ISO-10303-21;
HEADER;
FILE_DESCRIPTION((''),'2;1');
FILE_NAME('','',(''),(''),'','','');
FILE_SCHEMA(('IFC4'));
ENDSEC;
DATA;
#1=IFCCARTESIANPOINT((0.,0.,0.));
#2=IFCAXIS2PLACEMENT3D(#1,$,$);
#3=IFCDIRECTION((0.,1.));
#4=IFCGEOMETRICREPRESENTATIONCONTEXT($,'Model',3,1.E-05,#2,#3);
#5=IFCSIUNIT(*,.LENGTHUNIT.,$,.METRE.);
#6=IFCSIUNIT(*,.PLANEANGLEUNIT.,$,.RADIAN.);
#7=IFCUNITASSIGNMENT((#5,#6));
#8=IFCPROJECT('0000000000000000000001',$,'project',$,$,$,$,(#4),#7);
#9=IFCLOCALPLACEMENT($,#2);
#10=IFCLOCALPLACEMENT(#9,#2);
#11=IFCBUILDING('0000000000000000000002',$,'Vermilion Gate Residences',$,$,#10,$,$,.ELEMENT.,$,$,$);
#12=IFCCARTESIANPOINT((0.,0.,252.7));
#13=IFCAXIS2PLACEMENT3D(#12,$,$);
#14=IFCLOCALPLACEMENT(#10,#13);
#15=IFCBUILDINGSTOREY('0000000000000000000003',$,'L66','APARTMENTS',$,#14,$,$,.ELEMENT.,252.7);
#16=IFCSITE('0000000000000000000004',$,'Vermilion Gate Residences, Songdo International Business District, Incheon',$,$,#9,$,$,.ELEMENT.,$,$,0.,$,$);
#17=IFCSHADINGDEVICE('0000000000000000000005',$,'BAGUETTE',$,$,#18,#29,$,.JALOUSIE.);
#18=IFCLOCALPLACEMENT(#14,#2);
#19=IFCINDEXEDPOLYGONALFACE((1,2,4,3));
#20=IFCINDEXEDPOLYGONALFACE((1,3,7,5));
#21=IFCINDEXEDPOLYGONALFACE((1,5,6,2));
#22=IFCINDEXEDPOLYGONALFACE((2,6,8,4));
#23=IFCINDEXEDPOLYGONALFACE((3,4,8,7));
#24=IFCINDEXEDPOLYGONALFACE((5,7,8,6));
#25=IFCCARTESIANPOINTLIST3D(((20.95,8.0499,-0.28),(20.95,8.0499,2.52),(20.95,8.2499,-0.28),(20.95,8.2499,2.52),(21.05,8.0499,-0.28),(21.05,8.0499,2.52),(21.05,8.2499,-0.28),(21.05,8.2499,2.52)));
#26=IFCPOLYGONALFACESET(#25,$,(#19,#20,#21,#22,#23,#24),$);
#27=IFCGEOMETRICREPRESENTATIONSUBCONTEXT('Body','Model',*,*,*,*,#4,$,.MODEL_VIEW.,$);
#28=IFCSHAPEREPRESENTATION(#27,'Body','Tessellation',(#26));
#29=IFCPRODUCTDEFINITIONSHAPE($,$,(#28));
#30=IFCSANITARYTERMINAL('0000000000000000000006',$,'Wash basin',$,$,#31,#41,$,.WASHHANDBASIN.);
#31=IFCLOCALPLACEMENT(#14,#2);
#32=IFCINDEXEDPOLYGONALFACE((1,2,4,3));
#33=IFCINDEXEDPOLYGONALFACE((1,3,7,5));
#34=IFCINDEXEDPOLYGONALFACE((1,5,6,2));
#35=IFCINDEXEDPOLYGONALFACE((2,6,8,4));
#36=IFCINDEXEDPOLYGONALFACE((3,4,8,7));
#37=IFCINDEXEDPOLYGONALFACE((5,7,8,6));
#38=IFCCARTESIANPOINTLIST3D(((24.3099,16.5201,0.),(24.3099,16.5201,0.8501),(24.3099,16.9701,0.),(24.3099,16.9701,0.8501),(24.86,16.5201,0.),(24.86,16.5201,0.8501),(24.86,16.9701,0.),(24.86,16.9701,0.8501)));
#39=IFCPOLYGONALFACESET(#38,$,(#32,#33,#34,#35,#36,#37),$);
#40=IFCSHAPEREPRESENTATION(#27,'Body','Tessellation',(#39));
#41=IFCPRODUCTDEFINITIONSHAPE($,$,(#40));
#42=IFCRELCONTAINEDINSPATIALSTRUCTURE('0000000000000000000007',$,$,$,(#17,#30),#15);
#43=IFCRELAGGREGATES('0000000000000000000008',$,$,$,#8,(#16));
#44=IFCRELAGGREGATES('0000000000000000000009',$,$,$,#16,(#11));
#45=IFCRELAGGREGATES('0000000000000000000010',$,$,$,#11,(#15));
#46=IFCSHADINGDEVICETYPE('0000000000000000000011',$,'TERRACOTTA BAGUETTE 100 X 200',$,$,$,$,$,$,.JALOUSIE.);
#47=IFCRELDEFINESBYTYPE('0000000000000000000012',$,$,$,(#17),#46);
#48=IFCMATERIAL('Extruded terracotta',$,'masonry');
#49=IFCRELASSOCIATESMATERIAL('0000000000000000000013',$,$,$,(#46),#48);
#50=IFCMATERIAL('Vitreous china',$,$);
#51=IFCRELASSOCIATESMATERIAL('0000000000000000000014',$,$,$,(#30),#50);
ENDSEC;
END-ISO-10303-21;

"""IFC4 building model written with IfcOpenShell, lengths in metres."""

from ifc_helpers import new_model, si_unit, direction, frame, origin, origin_2d, place, context, subcontext, project, spatial, rectangle, extrude, material, material_profile, profile_set, type_object, element, save


model = new_model("IFC4")

# Units and contexts
model_context = context("Model", 3, precision=1e-05, world=origin(), true_north=direction((0.0, 1.0)))
body_context = subcontext(model_context, "Body", "Model", "MODEL_VIEW")
ifc_project = project(units=[si_unit("LENGTHUNIT", "METRE"), si_unit("PLANEANGLEUNIT", "RADIAN")], contexts=[model_context])

# Site, building, storey
site_placement = place(None, origin())
site = spatial("IfcSite", under=ifc_project, at=site_placement, Name="Vermilion Gate Residences, Songdo International Business District, Incheon", CompositionType="ELEMENT", RefElevation=0.0)
building_placement = place(site_placement, origin())
building = spatial("IfcBuilding", under=site, at=building_placement, Name="Vermilion Gate Residences", CompositionType="ELEMENT")
storey_placement = place(building_placement, frame((0.0, 0.0, 252.7)))
storey = spatial("IfcBuildingStorey", under=building, at=storey_placement, Name="L66", Description="APARTMENTS", CompositionType="ELEMENT", Elevation=252.7)

# Shading device
ifc_material_1 = material(Name="Extruded terracotta", Category="masonry")
ifc_material_profile_1 = material_profile(ifc_material_1, rectangle(XDim=0.2, YDim=0.1001, at=origin_2d()), Name="BAGUETTE 100 X 200")
ifc_profile_set_1 = profile_set([ifc_material_profile_1], Name="Extruded terracotta")
shading_device_type_1 = type_object("IfcShadingDeviceType", Name="TERRACOTTA BAGUETTE 100 X 200", PredefinedType="JALOUSIE", material=ifc_profile_set_1)
shading_device_1_placement = place(storey_placement, frame((21.0, 8.1499, -0.28), z_axis=(0.0, 0.0, 1.0), x_axis=(0.0, 1.0, 0.0)))
element("IfcShadingDevice", 1, at=shading_device_1_placement, inside=storey, type_object=shading_device_type_1, Name="BAGUETTE", PredefinedType="JALOUSIE", context=body_context, shape_type="SweptSolid", body=[
    extrude(rectangle(XDim=0.2, YDim=0.1001, at=origin_2d()), origin(), (0.0, 0.0, 1.0), 2.8),
])

# Sanitary terminal
ifc_material_2 = material(Name="Vitreous china")
sanitary_terminal_placement = place(storey_placement, frame((24.585, 16.7451, 0.0), z_axis=(0.0, 0.0, 1.0), x_axis=(1.0, 0.0, 0.0)))
element("IfcSanitaryTerminal", 2, at=sanitary_terminal_placement, inside=storey, material=ifc_material_2, Name="Wash basin", PredefinedType="WASHHANDBASIN", context=body_context, shape_type="SweptSolid", body=[
    extrude(rectangle(XDim=0.55, YDim=0.45, at=origin_2d()), origin(), (0.0, 0.0, 1.0), 0.8501),
])

save(model, "model.ifc")
